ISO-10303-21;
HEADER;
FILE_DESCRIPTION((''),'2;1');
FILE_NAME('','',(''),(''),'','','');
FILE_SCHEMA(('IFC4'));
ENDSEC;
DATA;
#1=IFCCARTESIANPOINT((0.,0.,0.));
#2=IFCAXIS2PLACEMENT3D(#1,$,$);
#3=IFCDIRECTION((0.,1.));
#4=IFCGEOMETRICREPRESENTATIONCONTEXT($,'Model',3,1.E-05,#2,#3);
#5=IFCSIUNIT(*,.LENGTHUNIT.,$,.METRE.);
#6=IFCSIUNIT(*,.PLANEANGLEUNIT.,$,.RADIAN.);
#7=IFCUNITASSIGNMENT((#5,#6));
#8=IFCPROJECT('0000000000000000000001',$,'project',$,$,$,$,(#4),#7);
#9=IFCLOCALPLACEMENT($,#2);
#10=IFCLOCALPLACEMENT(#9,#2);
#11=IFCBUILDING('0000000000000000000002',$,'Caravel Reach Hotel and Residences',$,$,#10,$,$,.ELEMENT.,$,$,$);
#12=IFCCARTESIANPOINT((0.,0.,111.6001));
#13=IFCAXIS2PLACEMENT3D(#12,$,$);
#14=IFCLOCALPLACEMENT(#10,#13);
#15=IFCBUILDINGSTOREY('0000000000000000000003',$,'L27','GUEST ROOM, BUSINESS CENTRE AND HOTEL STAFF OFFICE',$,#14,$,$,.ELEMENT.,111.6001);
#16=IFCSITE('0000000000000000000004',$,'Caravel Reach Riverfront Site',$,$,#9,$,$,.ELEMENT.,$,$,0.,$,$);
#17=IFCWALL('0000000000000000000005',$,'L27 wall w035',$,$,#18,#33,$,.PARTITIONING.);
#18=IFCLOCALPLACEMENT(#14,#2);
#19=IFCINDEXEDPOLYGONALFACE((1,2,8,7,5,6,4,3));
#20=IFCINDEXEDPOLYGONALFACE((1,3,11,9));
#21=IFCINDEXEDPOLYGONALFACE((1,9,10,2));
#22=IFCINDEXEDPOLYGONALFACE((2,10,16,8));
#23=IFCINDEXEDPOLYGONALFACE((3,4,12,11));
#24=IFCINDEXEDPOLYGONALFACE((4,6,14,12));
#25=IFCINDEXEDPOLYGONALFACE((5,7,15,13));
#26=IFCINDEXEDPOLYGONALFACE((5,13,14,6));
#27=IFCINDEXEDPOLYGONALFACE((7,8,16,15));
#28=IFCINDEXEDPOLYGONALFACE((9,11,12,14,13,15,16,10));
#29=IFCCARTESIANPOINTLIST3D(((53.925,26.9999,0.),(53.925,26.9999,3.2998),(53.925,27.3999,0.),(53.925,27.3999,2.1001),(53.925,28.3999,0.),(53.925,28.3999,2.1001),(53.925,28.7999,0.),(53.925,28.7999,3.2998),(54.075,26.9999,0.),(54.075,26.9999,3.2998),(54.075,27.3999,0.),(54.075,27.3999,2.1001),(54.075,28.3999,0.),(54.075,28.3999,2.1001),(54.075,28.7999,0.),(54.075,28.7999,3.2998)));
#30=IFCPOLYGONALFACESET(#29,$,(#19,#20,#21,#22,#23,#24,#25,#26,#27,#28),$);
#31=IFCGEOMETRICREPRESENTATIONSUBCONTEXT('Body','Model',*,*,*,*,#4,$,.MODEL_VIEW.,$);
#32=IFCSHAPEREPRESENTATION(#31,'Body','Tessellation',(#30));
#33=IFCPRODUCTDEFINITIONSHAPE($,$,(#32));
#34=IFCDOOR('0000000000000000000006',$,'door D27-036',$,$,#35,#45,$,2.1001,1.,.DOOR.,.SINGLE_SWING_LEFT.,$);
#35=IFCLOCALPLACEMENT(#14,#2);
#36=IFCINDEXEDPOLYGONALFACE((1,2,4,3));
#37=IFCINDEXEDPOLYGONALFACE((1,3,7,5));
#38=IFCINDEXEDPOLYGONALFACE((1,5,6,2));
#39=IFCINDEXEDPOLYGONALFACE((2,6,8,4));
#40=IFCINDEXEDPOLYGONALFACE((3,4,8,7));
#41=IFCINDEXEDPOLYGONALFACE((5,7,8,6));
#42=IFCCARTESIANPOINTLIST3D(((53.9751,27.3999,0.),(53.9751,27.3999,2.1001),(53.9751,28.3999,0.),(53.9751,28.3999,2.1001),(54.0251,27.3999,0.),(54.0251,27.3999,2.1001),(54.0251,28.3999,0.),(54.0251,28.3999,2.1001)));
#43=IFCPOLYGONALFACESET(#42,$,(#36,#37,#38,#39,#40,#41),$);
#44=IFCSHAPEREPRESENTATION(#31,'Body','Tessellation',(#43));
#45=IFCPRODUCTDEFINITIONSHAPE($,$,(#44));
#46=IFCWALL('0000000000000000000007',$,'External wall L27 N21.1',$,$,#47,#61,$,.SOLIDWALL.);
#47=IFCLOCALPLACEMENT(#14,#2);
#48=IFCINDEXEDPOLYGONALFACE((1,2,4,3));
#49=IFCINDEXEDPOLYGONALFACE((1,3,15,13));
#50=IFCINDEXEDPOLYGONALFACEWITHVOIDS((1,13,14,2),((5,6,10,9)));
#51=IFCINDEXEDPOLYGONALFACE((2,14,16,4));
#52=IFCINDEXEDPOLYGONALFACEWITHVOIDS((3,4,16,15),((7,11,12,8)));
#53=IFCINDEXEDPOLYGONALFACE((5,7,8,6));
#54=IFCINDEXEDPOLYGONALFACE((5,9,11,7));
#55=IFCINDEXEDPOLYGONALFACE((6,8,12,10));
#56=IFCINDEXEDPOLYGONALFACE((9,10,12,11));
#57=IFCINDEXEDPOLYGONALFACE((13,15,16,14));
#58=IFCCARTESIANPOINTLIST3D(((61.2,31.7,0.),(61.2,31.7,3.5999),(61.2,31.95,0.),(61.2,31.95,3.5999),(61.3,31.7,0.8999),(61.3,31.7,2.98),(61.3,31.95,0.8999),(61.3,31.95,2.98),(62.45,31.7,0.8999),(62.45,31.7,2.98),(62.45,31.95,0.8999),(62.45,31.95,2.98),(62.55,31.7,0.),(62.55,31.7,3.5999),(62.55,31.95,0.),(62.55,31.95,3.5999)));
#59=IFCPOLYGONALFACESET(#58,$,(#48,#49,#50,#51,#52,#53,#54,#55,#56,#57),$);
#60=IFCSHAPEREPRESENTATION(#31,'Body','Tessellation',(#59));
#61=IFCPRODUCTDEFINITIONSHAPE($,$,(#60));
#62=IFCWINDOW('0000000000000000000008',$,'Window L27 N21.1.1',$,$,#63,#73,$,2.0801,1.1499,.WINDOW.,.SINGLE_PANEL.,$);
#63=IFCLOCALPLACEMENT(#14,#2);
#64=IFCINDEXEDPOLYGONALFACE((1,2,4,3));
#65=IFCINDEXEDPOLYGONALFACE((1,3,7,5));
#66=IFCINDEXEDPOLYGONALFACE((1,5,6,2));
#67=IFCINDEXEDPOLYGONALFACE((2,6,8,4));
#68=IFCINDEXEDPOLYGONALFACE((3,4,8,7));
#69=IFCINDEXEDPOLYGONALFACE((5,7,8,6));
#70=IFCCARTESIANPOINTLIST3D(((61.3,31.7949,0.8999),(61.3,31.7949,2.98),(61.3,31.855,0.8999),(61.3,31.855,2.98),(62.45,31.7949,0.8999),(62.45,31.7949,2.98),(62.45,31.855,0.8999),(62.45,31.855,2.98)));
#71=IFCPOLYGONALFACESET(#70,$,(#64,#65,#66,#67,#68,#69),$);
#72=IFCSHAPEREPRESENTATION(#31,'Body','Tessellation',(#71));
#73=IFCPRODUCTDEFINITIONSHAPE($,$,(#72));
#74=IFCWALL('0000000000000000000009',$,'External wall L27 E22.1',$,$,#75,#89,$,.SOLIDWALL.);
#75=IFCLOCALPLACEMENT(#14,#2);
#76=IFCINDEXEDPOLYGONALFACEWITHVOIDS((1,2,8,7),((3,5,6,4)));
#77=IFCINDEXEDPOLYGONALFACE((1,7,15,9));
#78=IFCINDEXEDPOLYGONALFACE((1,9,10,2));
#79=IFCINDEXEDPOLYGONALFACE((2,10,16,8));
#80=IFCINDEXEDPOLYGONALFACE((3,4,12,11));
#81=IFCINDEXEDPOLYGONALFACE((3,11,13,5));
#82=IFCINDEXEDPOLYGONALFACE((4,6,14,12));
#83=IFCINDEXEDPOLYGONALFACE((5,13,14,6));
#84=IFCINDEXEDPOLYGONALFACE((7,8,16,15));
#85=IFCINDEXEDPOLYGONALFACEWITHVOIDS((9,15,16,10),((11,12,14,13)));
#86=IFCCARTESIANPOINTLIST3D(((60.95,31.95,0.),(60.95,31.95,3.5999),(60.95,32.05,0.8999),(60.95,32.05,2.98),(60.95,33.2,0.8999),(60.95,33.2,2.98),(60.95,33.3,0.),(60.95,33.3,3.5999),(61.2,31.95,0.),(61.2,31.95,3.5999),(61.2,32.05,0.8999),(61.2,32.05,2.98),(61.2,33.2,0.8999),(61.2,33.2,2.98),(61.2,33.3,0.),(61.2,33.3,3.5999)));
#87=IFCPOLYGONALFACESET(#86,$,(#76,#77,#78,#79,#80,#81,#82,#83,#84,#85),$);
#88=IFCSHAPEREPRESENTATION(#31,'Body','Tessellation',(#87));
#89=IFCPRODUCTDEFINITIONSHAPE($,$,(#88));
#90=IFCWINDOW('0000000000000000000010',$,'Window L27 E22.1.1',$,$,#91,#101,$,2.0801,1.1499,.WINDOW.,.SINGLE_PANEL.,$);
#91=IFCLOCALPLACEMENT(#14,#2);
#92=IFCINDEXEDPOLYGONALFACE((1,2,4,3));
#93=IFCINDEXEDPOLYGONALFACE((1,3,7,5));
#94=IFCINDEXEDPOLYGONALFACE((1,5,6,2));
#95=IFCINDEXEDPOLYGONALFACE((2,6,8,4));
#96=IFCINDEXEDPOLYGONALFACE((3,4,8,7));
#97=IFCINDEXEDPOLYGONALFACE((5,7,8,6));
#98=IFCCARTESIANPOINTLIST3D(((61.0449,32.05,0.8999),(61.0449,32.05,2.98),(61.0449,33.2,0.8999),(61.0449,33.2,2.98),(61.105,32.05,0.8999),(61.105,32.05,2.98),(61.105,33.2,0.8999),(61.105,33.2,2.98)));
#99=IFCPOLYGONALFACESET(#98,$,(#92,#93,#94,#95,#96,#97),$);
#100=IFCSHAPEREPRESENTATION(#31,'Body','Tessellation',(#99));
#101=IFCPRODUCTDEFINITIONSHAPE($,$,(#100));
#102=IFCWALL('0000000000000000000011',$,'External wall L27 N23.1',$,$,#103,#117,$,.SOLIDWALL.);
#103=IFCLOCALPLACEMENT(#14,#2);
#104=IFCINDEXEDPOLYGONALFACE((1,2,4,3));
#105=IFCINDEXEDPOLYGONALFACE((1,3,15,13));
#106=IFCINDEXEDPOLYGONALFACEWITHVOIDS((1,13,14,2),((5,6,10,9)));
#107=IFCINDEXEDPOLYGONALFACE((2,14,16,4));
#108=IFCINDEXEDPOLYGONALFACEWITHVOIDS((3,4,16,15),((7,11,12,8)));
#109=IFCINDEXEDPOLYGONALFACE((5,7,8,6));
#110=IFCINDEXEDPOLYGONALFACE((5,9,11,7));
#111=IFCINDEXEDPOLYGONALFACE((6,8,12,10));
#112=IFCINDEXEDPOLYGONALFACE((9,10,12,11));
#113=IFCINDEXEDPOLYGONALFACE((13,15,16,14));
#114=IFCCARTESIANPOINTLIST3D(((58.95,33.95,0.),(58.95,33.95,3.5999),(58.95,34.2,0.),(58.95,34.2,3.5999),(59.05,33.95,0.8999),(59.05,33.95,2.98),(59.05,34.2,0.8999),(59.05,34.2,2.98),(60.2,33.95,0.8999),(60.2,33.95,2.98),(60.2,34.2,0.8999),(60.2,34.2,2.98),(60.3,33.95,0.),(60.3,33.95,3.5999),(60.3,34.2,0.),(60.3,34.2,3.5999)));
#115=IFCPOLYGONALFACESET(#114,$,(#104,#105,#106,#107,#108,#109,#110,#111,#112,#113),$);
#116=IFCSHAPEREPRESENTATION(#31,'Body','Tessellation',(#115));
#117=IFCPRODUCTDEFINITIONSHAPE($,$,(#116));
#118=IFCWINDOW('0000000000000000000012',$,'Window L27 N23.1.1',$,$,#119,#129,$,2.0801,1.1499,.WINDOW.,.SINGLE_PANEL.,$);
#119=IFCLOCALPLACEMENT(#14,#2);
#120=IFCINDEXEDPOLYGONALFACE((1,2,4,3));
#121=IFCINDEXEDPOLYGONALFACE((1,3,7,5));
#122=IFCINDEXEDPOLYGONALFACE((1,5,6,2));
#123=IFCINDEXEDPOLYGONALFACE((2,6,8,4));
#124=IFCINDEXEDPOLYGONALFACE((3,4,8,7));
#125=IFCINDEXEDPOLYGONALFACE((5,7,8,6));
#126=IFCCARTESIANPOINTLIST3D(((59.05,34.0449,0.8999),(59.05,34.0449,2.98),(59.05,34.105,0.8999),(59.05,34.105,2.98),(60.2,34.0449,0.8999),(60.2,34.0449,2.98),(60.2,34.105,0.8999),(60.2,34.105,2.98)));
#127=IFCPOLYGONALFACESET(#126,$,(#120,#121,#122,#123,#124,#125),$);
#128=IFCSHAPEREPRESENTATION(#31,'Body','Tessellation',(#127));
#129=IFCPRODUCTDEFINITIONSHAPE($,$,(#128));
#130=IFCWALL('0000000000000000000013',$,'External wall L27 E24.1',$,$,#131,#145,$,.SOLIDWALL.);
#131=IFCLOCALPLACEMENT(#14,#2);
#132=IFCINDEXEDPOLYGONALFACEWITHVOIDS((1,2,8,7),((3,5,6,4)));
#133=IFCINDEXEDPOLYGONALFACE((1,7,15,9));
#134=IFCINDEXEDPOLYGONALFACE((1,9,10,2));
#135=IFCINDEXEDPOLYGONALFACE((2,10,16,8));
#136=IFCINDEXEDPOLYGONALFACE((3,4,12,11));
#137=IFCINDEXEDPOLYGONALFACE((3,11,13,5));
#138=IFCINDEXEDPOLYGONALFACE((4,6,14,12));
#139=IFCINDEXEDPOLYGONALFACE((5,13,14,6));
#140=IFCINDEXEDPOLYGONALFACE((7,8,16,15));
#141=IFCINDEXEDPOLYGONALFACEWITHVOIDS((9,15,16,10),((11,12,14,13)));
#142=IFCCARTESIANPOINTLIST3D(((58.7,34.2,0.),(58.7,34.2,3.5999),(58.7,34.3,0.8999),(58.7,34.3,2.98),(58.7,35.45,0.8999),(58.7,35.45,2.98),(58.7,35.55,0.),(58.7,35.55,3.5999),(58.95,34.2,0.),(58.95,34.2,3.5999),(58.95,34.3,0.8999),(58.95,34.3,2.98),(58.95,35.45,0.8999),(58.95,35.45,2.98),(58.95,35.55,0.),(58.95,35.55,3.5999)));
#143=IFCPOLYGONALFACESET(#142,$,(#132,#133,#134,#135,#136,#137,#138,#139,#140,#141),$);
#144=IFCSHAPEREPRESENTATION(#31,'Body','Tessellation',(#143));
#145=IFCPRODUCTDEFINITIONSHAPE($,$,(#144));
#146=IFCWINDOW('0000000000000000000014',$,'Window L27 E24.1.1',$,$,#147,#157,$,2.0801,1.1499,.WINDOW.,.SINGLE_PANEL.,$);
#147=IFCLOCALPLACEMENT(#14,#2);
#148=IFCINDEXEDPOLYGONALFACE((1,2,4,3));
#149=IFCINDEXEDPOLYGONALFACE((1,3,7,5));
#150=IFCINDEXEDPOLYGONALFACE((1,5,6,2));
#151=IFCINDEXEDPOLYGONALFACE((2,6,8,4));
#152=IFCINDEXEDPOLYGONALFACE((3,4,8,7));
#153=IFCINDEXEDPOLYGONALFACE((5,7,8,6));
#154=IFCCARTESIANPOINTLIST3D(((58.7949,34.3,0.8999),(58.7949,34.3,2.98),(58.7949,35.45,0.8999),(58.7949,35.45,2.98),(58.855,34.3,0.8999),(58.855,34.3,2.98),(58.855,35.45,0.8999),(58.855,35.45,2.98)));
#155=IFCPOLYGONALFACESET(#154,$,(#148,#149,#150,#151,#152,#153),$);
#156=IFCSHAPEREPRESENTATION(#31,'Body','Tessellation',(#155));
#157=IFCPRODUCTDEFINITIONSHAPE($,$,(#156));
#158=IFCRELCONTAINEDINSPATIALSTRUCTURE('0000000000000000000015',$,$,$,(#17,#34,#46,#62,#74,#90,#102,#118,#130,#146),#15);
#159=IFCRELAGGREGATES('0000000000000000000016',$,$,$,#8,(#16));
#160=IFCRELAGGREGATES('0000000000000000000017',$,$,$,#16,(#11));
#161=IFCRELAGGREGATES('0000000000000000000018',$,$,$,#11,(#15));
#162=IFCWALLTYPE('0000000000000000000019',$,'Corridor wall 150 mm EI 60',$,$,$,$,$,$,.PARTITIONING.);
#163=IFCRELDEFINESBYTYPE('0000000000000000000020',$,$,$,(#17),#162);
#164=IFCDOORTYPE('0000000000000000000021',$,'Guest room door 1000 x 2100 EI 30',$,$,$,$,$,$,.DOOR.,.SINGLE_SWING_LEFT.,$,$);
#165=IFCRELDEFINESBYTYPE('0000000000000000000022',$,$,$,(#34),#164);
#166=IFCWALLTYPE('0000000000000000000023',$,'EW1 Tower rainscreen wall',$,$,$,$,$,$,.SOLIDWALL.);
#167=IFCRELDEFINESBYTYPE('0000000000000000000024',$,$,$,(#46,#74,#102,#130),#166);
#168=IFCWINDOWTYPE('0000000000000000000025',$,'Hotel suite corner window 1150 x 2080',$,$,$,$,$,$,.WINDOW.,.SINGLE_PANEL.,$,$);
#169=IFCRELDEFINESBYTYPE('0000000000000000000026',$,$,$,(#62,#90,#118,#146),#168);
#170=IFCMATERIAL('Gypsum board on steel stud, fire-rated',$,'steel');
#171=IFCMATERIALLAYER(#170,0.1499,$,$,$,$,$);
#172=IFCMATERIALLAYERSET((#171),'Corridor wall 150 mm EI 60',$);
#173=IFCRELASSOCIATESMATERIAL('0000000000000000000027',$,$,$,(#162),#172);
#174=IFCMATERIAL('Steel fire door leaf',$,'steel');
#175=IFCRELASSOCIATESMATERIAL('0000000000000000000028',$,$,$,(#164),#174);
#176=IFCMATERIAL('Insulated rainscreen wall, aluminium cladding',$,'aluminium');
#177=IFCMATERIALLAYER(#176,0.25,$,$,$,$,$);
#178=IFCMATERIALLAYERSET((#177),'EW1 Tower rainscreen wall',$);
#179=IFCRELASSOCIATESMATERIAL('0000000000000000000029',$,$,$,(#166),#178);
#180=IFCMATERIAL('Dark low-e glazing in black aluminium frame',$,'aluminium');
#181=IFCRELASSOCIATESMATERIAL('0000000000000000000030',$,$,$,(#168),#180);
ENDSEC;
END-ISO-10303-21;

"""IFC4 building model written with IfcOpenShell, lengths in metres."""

from ifc_helpers import new_model, si_unit, direction, frame, frame_2d, origin, place, context, subcontext, project, spatial, rectangle, extrude, material, layer, layer_set, type_object, element, fill, save


model = new_model("IFC4")

# Units and contexts
model_context = context("Model", 3, precision=1e-05, world=origin(), true_north=direction((0.0, 1.0)))
body_context = subcontext(model_context, "Body", "Model", "MODEL_VIEW")
ifc_project = project(units=[si_unit("LENGTHUNIT", "METRE"), si_unit("PLANEANGLEUNIT", "RADIAN")], contexts=[model_context])

# Site, building, storey
site_placement = place(None, origin())
site = spatial("IfcSite", under=ifc_project, at=site_placement, Name="Caravel Reach Riverfront Site", CompositionType="ELEMENT", RefElevation=0.0)
building_placement = place(site_placement, origin())
building = spatial("IfcBuilding", under=site, at=building_placement, Name="Caravel Reach Hotel and Residences", CompositionType="ELEMENT")
storey_placement = place(building_placement, frame((0.0, 0.0, 111.6001)))
storey = spatial("IfcBuildingStorey", under=building, at=storey_placement, Name="L27", Description="GUEST ROOM, BUSINESS CENTRE AND HOTEL STAFF OFFICE", CompositionType="ELEMENT", Elevation=111.6001)

# Wall, opening, door
ifc_material_1 = material(Name="Gypsum board on steel stud, fire-rated", Category="steel")
ifc_layer_1 = layer(ifc_material_1, 0.1499)
ifc_layer_set_1 = layer_set([ifc_layer_1], Name="Corridor wall 150 mm EI 60")
wall_type_1 = type_object("IfcWallType", Name="Corridor wall 150 mm EI 60", PredefinedType="PARTITIONING", material=ifc_layer_set_1)
wall_1_placement = place(storey_placement, frame((54.0, 27.0, 0.0), z_axis=(0.0, 0.0, 1.0), x_axis=(0.0, 1.0, 0.0)))
wall_1 = element("IfcWall", 1, at=wall_1_placement, inside=storey, type_object=wall_type_1, Name="L27 wall w035", PredefinedType="PARTITIONING", context=body_context, shape_type="SweptSolid", body=[
    extrude(rectangle(XDim=1.8, YDim=0.1499, at=frame_2d((0.8999, 0.0))), origin(), (0.0, 0.0, 1.0), 3.2998),
])
opening_1_placement = place(wall_1_placement, frame((0.3999, 0.0, 0.0)))
opening_1 = element("IfcOpeningElement", 2, at=opening_1_placement, cuts=wall_1, PredefinedType="OPENING", context=body_context, shape_type="SweptSolid", body=[
    extrude(rectangle(XDim=1.0, YDim=2.1001, at=frame_2d((0.5, 1.05))), frame((0.0, 0.085, 0.0), z_axis=(0.0, -1.0, 0.0), x_axis=(1.0, 0.0, 0.0)), (0.0, 0.0, 1.0), 0.1699),
])
ifc_material_2 = material(Name="Steel fire door leaf", Category="steel")
door_type = type_object("IfcDoorType", Name="Guest room door 1000 x 2100 EI 30", OperationType="SINGLE_SWING_LEFT", PredefinedType="DOOR", material=ifc_material_2)
door_placement = place(opening_1_placement, origin())
door = element("IfcDoor", 3, at=door_placement, inside=storey, type_object=door_type, Name="door D27-036", OperationType="SINGLE_SWING_LEFT", OverallHeight=2.1001, OverallWidth=1.0, PredefinedType="DOOR", context=body_context, shape_type="SweptSolid", body=[
    extrude(rectangle(XDim=1.0, YDim=2.1001, at=frame_2d((0.5, 1.05))), frame((0.0, 0.0249, 0.0), z_axis=(0.0, -1.0, 0.0), x_axis=(1.0, 0.0, 0.0)), (0.0, 0.0, 1.0), 0.05),
])
fill(opening_1, door)

# Walls, openings, windows
ifc_material_3 = material(Name="Insulated rainscreen wall, aluminium cladding", Category="aluminium")
ifc_layer_2 = layer(ifc_material_3, 0.25)
ifc_layer_set_2 = layer_set([ifc_layer_2], Name="EW1 Tower rainscreen wall")
wall_type_2 = type_object("IfcWallType", Name="EW1 Tower rainscreen wall", PredefinedType="SOLIDWALL", material=ifc_layer_set_2)
wall_2_placement = place(storey_placement, frame((62.55, 31.825, 0.0), z_axis=(0.0, 0.0, 1.0), x_axis=(-1.0, 0.0, 0.0)))
wall_2 = element("IfcWall", 4, at=wall_2_placement, inside=storey, type_object=wall_type_2, Name="External wall L27 N21.1", PredefinedType="SOLIDWALL", context=body_context, shape_type="SweptSolid", body=[
    extrude(rectangle(XDim=1.3501, YDim=0.25, at=frame_2d((0.675, 0.0))), origin(), (0.0, 0.0, 1.0), 3.5999),
])
opening_2_placement = place(wall_2_placement, frame((0.1001, 0.0, 0.8999)))
opening_2 = element("IfcOpeningElement", 5, at=opening_2_placement, cuts=wall_2, PredefinedType="OPENING", context=body_context, shape_type="SweptSolid", body=[
    extrude(rectangle(XDim=1.1499, YDim=2.0801, at=frame_2d((0.575, 1.04))), frame((0.0, 0.135, 0.0), z_axis=(0.0, -1.0, 0.0), x_axis=(1.0, 0.0, 0.0)), (0.0, 0.0, 1.0), 0.27),
])
ifc_material_4 = material(Name="Dark low-e glazing in black aluminium frame", Category="aluminium")
window_type_1 = type_object("IfcWindowType", Name="Hotel suite corner window 1150 x 2080", PartitioningType="SINGLE_PANEL", PredefinedType="WINDOW", material=ifc_material_4)
window_1_placement = place(opening_2_placement, origin())
window_1 = element("IfcWindow", 6, at=window_1_placement, inside=storey, type_object=window_type_1, Name="Window L27 N21.1.1", OverallHeight=2.0801, OverallWidth=1.1499, PartitioningType="SINGLE_PANEL", PredefinedType="WINDOW", context=body_context, shape_type="SweptSolid", body=[
    extrude(rectangle(XDim=1.1499, YDim=2.0801, at=frame_2d((0.575, 1.04))), frame((0.0, 0.03, 0.0), z_axis=(0.0, -1.0, 0.0), x_axis=(1.0, 0.0, 0.0)), (0.0, 0.0, 1.0), 0.0601),
])
fill(opening_2, window_1)
wall_3_placement = place(storey_placement, frame((61.075, 31.95, 0.0), z_axis=(0.0, 0.0, 1.0), x_axis=(0.0, 1.0, 0.0)))
wall_3 = element("IfcWall", 7, at=wall_3_placement, inside=storey, type_object=wall_type_2, Name="External wall L27 E22.1", PredefinedType="SOLIDWALL", context=body_context, shape_type="SweptSolid", body=[
    extrude(rectangle(XDim=1.3501, YDim=0.25, at=frame_2d((0.675, 0.0))), origin(), (0.0, 0.0, 1.0), 3.5999),
])
opening_3_placement = place(wall_3_placement, frame((0.1001, 0.0, 0.8999)))
opening_3 = element("IfcOpeningElement", 8, at=opening_3_placement, cuts=wall_3, PredefinedType="OPENING", context=body_context, shape_type="SweptSolid", body=[
    extrude(rectangle(XDim=1.1499, YDim=2.0801, at=frame_2d((0.575, 1.04))), frame((0.0, 0.135, 0.0), z_axis=(0.0, -1.0, 0.0), x_axis=(1.0, 0.0, 0.0)), (0.0, 0.0, 1.0), 0.27),
])
window_2_placement = place(opening_3_placement, origin())
window_2 = element("IfcWindow", 9, at=window_2_placement, inside=storey, type_object=window_type_1, Name="Window L27 E22.1.1", OverallHeight=2.0801, OverallWidth=1.1499, PartitioningType="SINGLE_PANEL", PredefinedType="WINDOW", context=body_context, shape_type="SweptSolid", body=[
    extrude(rectangle(XDim=1.1499, YDim=2.0801, at=frame_2d((0.575, 1.04))), frame((0.0, 0.03, 0.0), z_axis=(0.0, -1.0, 0.0), x_axis=(1.0, 0.0, 0.0)), (0.0, 0.0, 1.0), 0.0601),
])
fill(opening_3, window_2)
wall_4_placement = place(storey_placement, frame((60.3, 34.075, 0.0), z_axis=(0.0, 0.0, 1.0), x_axis=(-1.0, 0.0, 0.0)))
wall_4 = element("IfcWall", 10, at=wall_4_placement, inside=storey, type_object=wall_type_2, Name="External wall L27 N23.1", PredefinedType="SOLIDWALL", context=body_context, shape_type="SweptSolid", body=[
    extrude(rectangle(XDim=1.3501, YDim=0.25, at=frame_2d((0.675, 0.0))), origin(), (0.0, 0.0, 1.0), 3.5999),
])
opening_4_placement = place(wall_4_placement, frame((0.1001, 0.0, 0.8999)))
opening_4 = element("IfcOpeningElement", 11, at=opening_4_placement, cuts=wall_4, PredefinedType="OPENING", context=body_context, shape_type="SweptSolid", body=[
    extrude(rectangle(XDim=1.1499, YDim=2.0801, at=frame_2d((0.575, 1.04))), frame((0.0, 0.135, 0.0), z_axis=(0.0, -1.0, 0.0), x_axis=(1.0, 0.0, 0.0)), (0.0, 0.0, 1.0), 0.27),
])
window_3_placement = place(opening_4_placement, origin())
window_3 = element("IfcWindow", 12, at=window_3_placement, inside=storey, type_object=window_type_1, Name="Window L27 N23.1.1", OverallHeight=2.0801, OverallWidth=1.1499, PartitioningType="SINGLE_PANEL", PredefinedType="WINDOW", context=body_context, shape_type="SweptSolid", body=[
    extrude(rectangle(XDim=1.1499, YDim=2.0801, at=frame_2d((0.575, 1.04))), frame((0.0, 0.03, 0.0), z_axis=(0.0, -1.0, 0.0), x_axis=(1.0, 0.0, 0.0)), (0.0, 0.0, 1.0), 0.0601),
])
fill(opening_4, window_3)
wall_5_placement = place(storey_placement, frame((58.825, 34.2, 0.0), z_axis=(0.0, 0.0, 1.0), x_axis=(0.0, 1.0, 0.0)))
wall_5 = element("IfcWall", 13, at=wall_5_placement, inside=storey, type_object=wall_type_2, Name="External wall L27 E24.1", PredefinedType="SOLIDWALL", context=body_context, shape_type="SweptSolid", body=[
    extrude(rectangle(XDim=1.3501, YDim=0.25, at=frame_2d((0.675, 0.0))), origin(), (0.0, 0.0, 1.0), 3.5999),
])
opening_5_placement = place(wall_5_placement, frame((0.1001, 0.0, 0.8999)))
opening_5 = element("IfcOpeningElement", 14, at=opening_5_placement, cuts=wall_5, PredefinedType="OPENING", context=body_context, shape_type="SweptSolid", body=[
    extrude(rectangle(XDim=1.1499, YDim=2.0801, at=frame_2d((0.575, 1.04))), frame((0.0, 0.135, 0.0), z_axis=(0.0, -1.0, 0.0), x_axis=(1.0, 0.0, 0.0)), (0.0, 0.0, 1.0), 0.27),
])
window_4_placement = place(opening_5_placement, origin())
window_4 = element("IfcWindow", 15, at=window_4_placement, inside=storey, type_object=window_type_1, Name="Window L27 E24.1.1", OverallHeight=2.0801, OverallWidth=1.1499, PartitioningType="SINGLE_PANEL", PredefinedType="WINDOW", context=body_context, shape_type="SweptSolid", body=[
    extrude(rectangle(XDim=1.1499, YDim=2.0801, at=frame_2d((0.575, 1.04))), frame((0.0, 0.03, 0.0), z_axis=(0.0, -1.0, 0.0), x_axis=(1.0, 0.0, 0.0)), (0.0, 0.0, 1.0), 0.0601),
])
fill(opening_5, window_4)

save(model, "model.ifc")
